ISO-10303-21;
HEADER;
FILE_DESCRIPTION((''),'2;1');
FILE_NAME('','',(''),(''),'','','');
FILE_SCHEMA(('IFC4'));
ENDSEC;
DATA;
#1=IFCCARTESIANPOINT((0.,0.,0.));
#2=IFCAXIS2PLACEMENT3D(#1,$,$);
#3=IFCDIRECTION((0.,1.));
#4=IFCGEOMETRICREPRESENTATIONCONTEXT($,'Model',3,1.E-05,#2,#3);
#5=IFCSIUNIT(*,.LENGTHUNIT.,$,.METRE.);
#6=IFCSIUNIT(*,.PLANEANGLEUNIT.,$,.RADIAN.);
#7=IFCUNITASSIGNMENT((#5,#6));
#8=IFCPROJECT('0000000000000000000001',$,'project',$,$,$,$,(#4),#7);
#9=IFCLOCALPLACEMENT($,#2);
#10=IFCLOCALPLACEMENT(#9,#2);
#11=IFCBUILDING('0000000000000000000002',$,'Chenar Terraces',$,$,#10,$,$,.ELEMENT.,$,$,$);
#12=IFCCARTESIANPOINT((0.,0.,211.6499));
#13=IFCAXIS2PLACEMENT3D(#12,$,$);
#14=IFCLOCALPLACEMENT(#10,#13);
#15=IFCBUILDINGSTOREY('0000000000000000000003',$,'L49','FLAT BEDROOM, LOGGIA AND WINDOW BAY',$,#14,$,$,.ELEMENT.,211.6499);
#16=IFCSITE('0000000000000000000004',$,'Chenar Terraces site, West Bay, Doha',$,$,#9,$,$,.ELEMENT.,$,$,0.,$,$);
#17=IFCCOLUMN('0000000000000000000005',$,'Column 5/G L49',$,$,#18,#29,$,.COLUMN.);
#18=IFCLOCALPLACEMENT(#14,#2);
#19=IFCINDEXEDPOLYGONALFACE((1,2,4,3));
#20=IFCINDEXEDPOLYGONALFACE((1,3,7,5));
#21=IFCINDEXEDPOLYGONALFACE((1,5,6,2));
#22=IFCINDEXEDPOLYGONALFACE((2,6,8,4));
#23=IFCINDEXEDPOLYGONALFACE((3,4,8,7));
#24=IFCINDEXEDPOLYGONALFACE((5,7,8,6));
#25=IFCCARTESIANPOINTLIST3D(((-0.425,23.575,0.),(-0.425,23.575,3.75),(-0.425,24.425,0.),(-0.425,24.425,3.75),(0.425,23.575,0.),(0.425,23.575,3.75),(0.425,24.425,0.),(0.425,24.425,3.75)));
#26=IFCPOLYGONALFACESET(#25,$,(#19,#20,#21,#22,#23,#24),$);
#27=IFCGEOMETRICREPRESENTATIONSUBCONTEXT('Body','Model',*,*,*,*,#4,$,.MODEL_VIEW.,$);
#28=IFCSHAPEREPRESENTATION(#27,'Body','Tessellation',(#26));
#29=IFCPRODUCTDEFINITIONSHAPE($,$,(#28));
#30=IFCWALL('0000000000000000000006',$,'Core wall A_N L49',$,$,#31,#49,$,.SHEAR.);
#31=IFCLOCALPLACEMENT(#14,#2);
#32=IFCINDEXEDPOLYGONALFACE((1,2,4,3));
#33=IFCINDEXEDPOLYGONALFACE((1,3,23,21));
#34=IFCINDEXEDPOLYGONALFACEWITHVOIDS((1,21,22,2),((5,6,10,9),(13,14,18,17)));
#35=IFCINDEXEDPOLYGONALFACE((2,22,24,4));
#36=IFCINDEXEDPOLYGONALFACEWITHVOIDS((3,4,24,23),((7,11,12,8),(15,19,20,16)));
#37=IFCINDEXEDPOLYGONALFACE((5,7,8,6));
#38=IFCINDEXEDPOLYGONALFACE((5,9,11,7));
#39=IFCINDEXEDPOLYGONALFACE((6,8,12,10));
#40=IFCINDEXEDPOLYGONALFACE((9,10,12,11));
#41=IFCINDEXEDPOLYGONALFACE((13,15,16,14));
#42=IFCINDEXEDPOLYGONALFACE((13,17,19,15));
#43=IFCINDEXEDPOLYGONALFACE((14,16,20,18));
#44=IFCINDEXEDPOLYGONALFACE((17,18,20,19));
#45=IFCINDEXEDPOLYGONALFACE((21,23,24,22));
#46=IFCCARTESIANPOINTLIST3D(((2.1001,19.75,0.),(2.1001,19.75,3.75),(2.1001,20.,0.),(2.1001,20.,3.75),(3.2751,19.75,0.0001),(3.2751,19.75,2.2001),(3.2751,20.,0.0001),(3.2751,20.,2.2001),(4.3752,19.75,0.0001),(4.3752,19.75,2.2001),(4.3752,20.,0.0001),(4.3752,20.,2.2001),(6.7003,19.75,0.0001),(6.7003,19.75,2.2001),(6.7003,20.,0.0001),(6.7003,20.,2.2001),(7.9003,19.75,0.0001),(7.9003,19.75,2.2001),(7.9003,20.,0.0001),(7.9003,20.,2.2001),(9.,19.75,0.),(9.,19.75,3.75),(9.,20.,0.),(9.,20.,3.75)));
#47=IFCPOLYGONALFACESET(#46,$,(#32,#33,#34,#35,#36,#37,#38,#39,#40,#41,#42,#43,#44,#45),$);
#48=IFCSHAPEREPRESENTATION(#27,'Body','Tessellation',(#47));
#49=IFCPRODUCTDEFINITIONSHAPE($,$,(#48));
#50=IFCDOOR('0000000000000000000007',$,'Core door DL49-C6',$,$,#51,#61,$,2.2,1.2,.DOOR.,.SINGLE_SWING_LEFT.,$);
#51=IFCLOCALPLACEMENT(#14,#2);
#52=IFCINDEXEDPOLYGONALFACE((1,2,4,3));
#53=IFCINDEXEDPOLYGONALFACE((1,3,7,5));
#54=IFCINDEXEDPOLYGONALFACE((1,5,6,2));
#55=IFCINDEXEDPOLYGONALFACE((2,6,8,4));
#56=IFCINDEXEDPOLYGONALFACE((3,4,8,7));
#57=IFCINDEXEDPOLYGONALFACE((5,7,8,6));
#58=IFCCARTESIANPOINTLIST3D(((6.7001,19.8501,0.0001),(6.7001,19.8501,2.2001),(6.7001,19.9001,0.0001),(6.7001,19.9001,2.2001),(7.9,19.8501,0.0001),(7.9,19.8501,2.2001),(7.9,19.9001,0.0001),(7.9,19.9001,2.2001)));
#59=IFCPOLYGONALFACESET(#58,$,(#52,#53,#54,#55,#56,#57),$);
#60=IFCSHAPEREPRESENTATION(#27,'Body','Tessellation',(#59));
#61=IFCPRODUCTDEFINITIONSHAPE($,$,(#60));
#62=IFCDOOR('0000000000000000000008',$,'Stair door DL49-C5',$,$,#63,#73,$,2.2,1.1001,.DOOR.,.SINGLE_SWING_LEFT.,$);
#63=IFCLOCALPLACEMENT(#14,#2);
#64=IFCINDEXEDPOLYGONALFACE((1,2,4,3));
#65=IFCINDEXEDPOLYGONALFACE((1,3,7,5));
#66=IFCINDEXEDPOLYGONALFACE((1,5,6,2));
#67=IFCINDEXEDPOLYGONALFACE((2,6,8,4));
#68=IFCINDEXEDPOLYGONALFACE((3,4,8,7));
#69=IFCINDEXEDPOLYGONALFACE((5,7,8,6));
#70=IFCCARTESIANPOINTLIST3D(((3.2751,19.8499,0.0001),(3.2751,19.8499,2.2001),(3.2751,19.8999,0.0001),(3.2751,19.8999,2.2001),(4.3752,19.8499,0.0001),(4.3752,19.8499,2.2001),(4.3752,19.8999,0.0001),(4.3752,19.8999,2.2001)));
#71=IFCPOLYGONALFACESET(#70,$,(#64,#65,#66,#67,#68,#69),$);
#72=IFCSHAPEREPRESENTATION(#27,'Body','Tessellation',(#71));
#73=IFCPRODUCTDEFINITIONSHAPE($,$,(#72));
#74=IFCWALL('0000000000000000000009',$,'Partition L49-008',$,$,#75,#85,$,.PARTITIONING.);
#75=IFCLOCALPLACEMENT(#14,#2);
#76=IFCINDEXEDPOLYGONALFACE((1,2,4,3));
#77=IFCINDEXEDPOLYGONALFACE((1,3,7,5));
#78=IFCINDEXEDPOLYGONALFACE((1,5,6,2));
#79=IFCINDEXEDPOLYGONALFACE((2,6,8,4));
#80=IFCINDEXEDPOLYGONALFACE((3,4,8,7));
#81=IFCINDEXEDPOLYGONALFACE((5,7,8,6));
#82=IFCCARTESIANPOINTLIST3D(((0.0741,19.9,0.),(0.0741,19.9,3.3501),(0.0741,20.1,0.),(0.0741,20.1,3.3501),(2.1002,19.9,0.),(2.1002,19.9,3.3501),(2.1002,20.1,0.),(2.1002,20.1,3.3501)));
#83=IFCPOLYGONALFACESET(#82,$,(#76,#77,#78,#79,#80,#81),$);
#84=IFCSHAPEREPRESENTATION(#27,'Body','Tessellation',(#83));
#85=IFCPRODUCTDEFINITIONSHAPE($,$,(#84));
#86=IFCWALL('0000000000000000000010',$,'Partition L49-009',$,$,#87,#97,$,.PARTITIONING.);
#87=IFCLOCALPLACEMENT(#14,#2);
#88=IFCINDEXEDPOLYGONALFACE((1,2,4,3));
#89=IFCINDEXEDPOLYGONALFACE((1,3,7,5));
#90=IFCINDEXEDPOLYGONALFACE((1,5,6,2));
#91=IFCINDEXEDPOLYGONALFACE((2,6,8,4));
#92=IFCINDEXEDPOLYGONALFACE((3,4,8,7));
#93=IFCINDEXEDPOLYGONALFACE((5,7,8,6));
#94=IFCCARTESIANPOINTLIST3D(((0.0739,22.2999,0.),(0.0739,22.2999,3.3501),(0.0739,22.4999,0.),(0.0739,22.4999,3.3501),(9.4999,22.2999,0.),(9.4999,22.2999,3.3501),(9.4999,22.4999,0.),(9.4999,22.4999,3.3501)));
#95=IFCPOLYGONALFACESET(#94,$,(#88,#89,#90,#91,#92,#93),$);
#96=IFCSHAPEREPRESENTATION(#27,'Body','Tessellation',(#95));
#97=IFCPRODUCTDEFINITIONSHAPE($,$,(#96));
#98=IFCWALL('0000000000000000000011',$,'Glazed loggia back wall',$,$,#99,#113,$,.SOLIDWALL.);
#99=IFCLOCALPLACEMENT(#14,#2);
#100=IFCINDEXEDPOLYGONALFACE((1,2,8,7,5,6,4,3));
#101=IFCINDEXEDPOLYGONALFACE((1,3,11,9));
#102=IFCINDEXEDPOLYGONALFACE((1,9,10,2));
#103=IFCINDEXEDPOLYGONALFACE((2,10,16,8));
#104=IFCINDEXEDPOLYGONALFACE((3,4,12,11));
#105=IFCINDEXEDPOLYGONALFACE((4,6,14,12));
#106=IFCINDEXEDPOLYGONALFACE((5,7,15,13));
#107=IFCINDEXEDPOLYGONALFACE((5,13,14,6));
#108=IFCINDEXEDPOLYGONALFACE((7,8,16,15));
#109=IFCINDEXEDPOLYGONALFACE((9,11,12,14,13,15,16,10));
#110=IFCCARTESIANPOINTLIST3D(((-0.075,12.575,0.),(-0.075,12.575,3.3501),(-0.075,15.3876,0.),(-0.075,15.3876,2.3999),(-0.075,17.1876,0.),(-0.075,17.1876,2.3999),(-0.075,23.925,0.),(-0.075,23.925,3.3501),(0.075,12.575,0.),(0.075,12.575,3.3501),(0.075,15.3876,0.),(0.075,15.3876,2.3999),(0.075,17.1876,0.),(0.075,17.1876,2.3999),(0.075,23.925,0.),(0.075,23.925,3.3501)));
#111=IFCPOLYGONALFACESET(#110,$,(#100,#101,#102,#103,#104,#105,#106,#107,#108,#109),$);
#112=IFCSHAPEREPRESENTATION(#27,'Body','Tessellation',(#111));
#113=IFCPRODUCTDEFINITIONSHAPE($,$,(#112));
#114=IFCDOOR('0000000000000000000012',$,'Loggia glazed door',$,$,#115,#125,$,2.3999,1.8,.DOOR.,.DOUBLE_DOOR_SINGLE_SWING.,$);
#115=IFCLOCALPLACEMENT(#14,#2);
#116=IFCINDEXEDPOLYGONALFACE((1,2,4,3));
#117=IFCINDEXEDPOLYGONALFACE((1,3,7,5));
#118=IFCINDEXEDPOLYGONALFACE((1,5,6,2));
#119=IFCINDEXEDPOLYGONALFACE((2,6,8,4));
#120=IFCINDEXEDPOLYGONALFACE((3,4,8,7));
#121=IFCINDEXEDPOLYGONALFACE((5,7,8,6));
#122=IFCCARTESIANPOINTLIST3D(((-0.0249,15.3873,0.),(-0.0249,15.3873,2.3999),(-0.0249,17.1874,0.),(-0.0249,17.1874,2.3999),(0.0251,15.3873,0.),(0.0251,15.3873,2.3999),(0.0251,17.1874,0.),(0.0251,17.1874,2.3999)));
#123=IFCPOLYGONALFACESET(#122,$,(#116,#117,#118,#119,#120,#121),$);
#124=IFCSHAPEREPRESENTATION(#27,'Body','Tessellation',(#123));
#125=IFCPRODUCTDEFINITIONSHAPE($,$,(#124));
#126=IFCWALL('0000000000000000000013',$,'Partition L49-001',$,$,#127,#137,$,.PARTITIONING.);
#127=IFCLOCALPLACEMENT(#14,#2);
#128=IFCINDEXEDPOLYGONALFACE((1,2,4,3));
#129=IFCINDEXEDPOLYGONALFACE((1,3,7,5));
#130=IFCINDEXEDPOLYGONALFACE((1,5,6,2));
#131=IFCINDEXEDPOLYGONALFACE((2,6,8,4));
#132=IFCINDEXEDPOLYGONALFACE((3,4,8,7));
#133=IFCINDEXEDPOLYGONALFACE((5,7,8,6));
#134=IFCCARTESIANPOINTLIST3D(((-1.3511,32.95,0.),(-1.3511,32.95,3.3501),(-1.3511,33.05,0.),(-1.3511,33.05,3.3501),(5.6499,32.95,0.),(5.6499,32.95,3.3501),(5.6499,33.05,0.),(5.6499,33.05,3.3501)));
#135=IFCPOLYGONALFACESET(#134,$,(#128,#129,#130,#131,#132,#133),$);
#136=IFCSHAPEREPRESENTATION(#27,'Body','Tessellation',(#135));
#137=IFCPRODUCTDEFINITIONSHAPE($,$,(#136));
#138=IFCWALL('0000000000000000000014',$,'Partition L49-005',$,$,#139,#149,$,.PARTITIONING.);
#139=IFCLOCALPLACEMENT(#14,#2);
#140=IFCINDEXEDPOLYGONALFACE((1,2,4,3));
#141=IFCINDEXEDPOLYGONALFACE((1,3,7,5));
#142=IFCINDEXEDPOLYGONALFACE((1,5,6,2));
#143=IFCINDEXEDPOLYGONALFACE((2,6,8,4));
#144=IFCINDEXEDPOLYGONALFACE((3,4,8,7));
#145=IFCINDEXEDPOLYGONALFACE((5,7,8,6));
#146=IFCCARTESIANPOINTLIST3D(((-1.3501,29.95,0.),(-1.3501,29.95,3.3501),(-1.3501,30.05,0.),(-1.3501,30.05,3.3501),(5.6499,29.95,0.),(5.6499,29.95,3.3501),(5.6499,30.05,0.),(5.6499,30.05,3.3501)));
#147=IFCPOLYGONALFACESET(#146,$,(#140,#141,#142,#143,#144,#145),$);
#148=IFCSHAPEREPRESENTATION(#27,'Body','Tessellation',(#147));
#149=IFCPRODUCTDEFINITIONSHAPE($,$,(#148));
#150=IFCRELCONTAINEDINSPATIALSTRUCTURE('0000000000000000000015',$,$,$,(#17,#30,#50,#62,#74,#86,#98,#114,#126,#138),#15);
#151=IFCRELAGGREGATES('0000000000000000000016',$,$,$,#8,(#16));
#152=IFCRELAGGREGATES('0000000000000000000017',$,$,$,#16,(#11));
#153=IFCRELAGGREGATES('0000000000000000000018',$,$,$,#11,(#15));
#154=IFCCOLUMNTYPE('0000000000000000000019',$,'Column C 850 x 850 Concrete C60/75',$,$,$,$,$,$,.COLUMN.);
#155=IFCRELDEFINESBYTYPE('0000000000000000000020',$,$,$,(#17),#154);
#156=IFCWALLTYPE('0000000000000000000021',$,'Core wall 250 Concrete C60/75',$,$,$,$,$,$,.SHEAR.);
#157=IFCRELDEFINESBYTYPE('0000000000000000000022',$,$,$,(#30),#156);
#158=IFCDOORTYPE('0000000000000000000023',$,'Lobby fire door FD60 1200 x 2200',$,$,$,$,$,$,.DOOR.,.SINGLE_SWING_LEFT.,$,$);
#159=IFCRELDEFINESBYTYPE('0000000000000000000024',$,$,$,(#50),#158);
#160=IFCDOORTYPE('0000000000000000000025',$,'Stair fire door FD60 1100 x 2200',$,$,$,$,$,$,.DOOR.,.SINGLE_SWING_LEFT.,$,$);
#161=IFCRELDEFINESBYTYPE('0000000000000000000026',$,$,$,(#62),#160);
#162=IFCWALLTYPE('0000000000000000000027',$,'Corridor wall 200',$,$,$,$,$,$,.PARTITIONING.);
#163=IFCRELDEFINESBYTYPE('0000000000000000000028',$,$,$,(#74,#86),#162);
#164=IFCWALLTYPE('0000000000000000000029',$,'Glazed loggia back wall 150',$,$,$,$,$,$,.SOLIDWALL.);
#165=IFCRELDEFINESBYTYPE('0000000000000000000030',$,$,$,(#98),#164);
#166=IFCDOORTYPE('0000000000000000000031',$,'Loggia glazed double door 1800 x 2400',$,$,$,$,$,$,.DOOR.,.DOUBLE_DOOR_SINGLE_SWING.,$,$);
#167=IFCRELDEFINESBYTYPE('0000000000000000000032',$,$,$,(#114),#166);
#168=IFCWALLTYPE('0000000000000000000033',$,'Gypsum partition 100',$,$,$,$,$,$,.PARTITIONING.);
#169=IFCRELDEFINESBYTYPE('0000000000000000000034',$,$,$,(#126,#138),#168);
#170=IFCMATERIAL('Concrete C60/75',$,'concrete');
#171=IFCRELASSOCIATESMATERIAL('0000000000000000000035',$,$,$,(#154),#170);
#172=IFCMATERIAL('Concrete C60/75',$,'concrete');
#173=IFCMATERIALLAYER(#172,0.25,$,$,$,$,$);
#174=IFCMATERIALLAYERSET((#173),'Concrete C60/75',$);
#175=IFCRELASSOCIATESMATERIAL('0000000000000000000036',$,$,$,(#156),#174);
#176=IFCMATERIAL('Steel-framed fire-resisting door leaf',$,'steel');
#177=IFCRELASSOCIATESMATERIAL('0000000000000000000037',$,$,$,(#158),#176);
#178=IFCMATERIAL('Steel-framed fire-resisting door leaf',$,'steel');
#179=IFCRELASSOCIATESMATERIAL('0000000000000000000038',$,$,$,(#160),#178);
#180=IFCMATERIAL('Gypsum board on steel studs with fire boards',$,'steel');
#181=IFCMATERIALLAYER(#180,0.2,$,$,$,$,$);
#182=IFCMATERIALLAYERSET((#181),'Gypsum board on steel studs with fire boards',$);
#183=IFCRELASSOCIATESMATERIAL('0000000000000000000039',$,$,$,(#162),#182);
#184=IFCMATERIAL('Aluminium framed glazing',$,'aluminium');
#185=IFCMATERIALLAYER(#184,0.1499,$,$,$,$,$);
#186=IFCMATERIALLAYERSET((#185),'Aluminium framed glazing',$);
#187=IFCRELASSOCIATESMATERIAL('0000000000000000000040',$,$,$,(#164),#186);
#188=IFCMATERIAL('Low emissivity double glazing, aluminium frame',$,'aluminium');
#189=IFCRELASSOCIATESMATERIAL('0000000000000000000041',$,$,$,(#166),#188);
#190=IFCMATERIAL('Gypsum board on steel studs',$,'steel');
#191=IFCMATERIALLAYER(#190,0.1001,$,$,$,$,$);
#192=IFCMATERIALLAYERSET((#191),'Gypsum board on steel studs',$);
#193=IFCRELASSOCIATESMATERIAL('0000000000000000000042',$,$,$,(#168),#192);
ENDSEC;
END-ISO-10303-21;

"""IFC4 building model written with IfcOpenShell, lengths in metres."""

from ifc_helpers import new_model, si_unit, direction, frame, frame_2d, origin, origin_2d, place, context, subcontext, project, spatial, rectangle, extrude, material, layer, layer_set, material_profile, profile_set, type_object, element, fill, save


model = new_model("IFC4")

# Units and contexts
model_context = context("Model", 3, precision=1e-05, world=origin(), true_north=direction((0.0, 1.0)))
body_context = subcontext(model_context, "Body", "Model", "MODEL_VIEW")
ifc_project = project(units=[si_unit("LENGTHUNIT", "METRE"), si_unit("PLANEANGLEUNIT", "RADIAN")], contexts=[model_context])

# Site, building, storey
site_placement = place(None, origin())
site = spatial("IfcSite", under=ifc_project, at=site_placement, Name="Chenar Terraces site, West Bay, Doha", CompositionType="ELEMENT", RefElevation=0.0)
building_placement = place(site_placement, origin())
building = spatial("IfcBuilding", under=site, at=building_placement, Name="Chenar Terraces", CompositionType="ELEMENT")
storey_placement = place(building_placement, frame((0.0, 0.0, 211.6499)))
storey = spatial("IfcBuildingStorey", under=building, at=storey_placement, Name="L49", Description="FLAT BEDROOM, LOGGIA AND WINDOW BAY", CompositionType="ELEMENT", Elevation=211.6499)

# Column
ifc_material_1 = material(Name="Concrete C60/75", Category="concrete")
ifc_material_profile_1 = material_profile(ifc_material_1, rectangle(XDim=0.8501, YDim=0.8501, at=origin_2d()), Name="C 850 x 850")
ifc_profile_set_1 = profile_set([ifc_material_profile_1], Name="Concrete C60/75")
column_type = type_object("IfcColumnType", Name="Column C 850 x 850 Concrete C60/75", PredefinedType="COLUMN", material=ifc_profile_set_1)
column_placement = place(storey_placement, frame((0.0, 24.0, 0.0), z_axis=(0.0, 0.0, 1.0), x_axis=(1.0, 0.0, 0.0)))
element("IfcColumn", 1, at=column_placement, inside=storey, type_object=column_type, Name="Column 5/G L49", PredefinedType="COLUMN", context=body_context, shape_type="SweptSolid", body=[
    extrude(rectangle(XDim=0.8501, YDim=0.8501, at=origin_2d()), origin(), (0.0, 0.0, 1.0), 3.75),
])

# Wall, openings, doors
ifc_material_2 = material(Name="Concrete C60/75", Category="concrete")
ifc_layer_1 = layer(ifc_material_2, 0.25)
ifc_layer_set_1 = layer_set([ifc_layer_1], Name="Concrete C60/75")
wall_type_1 = type_object("IfcWallType", Name="Core wall 250 Concrete C60/75", PredefinedType="SHEAR", material=ifc_layer_set_1)
wall_1_placement = place(storey_placement, frame((2.1001, 19.875, 0.0), z_axis=(0.0, 0.0, 1.0), x_axis=(1.0, 0.0, 0.0)))
wall_1 = element("IfcWall", 2, at=wall_1_placement, inside=storey, type_object=wall_type_1, Name="Core wall A_N L49", PredefinedType="SHEAR", context=body_context, shape_type="SweptSolid", body=[
    extrude(rectangle(XDim=6.8999, YDim=0.25, at=frame_2d((3.45, 0.0))), origin(), (0.0, 0.0, 1.0), 3.75),
])
opening_1_placement = place(wall_1_placement, frame((1.175, 0.0, 0.0)))
opening_1 = element("IfcOpeningElement", 3, at=opening_1_placement, cuts=wall_1, PredefinedType="OPENING", context=body_context, shape_type="SweptSolid", body=[
    extrude(rectangle(XDim=1.1001, YDim=2.2, at=frame_2d((0.55, 1.1001))), frame((0.0, 0.135, 0.0), z_axis=(0.0, -1.0, 0.0), x_axis=(1.0, 0.0, 0.0)), (0.0, 0.0, 1.0), 0.27),
])
opening_2_placement = place(wall_1_placement, frame((4.6001, 0.0, 0.0)))
opening_2 = element("IfcOpeningElement", 4, at=opening_2_placement, cuts=wall_1, PredefinedType="OPENING", context=body_context, shape_type="SweptSolid", body=[
    extrude(rectangle(XDim=1.2, YDim=2.2, at=frame_2d((0.6001, 1.1001))), frame((0.0, 0.135, 0.0), z_axis=(0.0, -1.0, 0.0), x_axis=(1.0, 0.0, 0.0)), (0.0, 0.0, 1.0), 0.27),
])
ifc_material_3 = material(Name="Steel-framed fire-resisting door leaf", Category="steel")
door_type_1 = type_object("IfcDoorType", Name="Lobby fire door FD60 1200 x 2200", OperationType="SINGLE_SWING_LEFT", PredefinedType="DOOR", material=ifc_material_3)
door_1_placement = place(opening_2_placement, frame((1.2, 0.0, 0.0), z_axis=(0.0, 0.0, 1.0), x_axis=(-1.0, 0.0, 0.0)))
door_1 = element("IfcDoor", 5, at=door_1_placement, inside=storey, type_object=door_type_1, Name="Core door DL49-C6", OperationType="SINGLE_SWING_LEFT", OverallHeight=2.2, OverallWidth=1.2, PredefinedType="DOOR", context=body_context, shape_type="SweptSolid", body=[
    extrude(rectangle(XDim=1.2, YDim=2.2, at=frame_2d((0.6001, 1.1001))), frame((0.0, 0.0249, 0.0), z_axis=(0.0, -1.0, 0.0), x_axis=(1.0, 0.0, 0.0)), (0.0, 0.0, 1.0), 0.05),
])
fill(opening_2, door_1)
ifc_material_4 = material(Name="Steel-framed fire-resisting door leaf", Category="steel")
door_type_2 = type_object("IfcDoorType", Name="Stair fire door FD60 1100 x 2200", OperationType="SINGLE_SWING_LEFT", PredefinedType="DOOR", material=ifc_material_4)
door_2_placement = place(opening_1_placement, origin())
door_2 = element("IfcDoor", 6, at=door_2_placement, inside=storey, type_object=door_type_2, Name="Stair door DL49-C5", OperationType="SINGLE_SWING_LEFT", OverallHeight=2.2, OverallWidth=1.1001, PredefinedType="DOOR", context=body_context, shape_type="SweptSolid", body=[
    extrude(rectangle(XDim=1.1001, YDim=2.2, at=frame_2d((0.55, 1.1001))), frame((0.0, 0.0249, 0.0), z_axis=(0.0, -1.0, 0.0), x_axis=(1.0, 0.0, 0.0)), (0.0, 0.0, 1.0), 0.05),
])
fill(opening_1, door_2)

# Walls
ifc_material_5 = material(Name="Gypsum board on steel studs with fire boards", Category="steel")
ifc_layer_2 = layer(ifc_material_5, 0.2)
ifc_layer_set_2 = layer_set([ifc_layer_2], Name="Gypsum board on steel studs with fire boards")
wall_type_2 = type_object("IfcWallType", Name="Corridor wall 200", PredefinedType="PARTITIONING", material=ifc_layer_set_2)
wall_2_placement = place(storey_placement, frame((0.074, 20.0, 0.0), z_axis=(0.0, 0.0, 1.0), x_axis=(1.0, 0.0, 0.0)))
element("IfcWall", 7, at=wall_2_placement, inside=storey, type_object=wall_type_2, Name="Partition L49-008", PredefinedType="PARTITIONING", context=body_context, shape_type="SweptSolid", body=[
    extrude(rectangle(XDim=2.0261, YDim=0.2, at=frame_2d((1.0132, 0.0))), origin(), (0.0, 0.0, 1.0), 3.3501),
])
wall_3_placement = place(storey_placement, frame((0.074, 22.3999, 0.0), z_axis=(0.0, 0.0, 1.0), x_axis=(1.0, 0.0, 0.0)))
element("IfcWall", 8, at=wall_3_placement, inside=storey, type_object=wall_type_2, Name="Partition L49-009", PredefinedType="PARTITIONING", context=body_context, shape_type="SweptSolid", body=[
    extrude(rectangle(XDim=9.426, YDim=0.2, at=frame_2d((4.7129, 0.0))), origin(), (0.0, 0.0, 1.0), 3.3501),
])

# Wall, opening, door
ifc_material_6 = material(Name="Aluminium framed glazing", Category="aluminium")
ifc_layer_3 = layer(ifc_material_6, 0.1499)
ifc_layer_set_3 = layer_set([ifc_layer_3], Name="Aluminium framed glazing")
wall_type_3 = type_object("IfcWallType", Name="Glazed loggia back wall 150", PredefinedType="SOLIDWALL", material=ifc_layer_set_3)
wall_4_placement = place(storey_placement, frame((0.0, 23.925, 0.0), z_axis=(0.0, 0.0, 1.0), x_axis=(0.0, -1.0, 0.0)))
wall_4 = element("IfcWall", 9, at=wall_4_placement, inside=storey, type_object=wall_type_3, Name="Glazed loggia back wall", PredefinedType="SOLIDWALL", context=body_context, shape_type="SweptSolid", body=[
    extrude(rectangle(XDim=11.3501, YDim=0.1499, at=frame_2d((5.675, 0.0))), origin(), (0.0, 0.0, 1.0), 3.3501),
])
opening_3_placement = place(wall_4_placement, frame((6.7375, 0.0, 0.0)))
opening_3 = element("IfcOpeningElement", 10, at=opening_3_placement, cuts=wall_4, PredefinedType="OPENING", context=body_context, shape_type="SweptSolid", body=[
    extrude(rectangle(XDim=1.8, YDim=2.3999, at=frame_2d((0.8999, 1.2))), frame((0.0, 0.085, 0.0), z_axis=(0.0, -1.0, 0.0), x_axis=(1.0, 0.0, 0.0)), (0.0, 0.0, 1.0), 0.1699),
])
ifc_material_7 = material(Name="Low emissivity double glazing, aluminium frame", Category="aluminium")
door_type_3 = type_object("IfcDoorType", Name="Loggia glazed double door 1800 x 2400", OperationType="DOUBLE_DOOR_SINGLE_SWING", PredefinedType="DOOR", material=ifc_material_7)
door_3_placement = place(opening_3_placement, frame((1.8, 0.0, 0.0), z_axis=(0.0, 0.0, 1.0), x_axis=(-1.0, 0.0, 0.0)))
door_3 = element("IfcDoor", 11, at=door_3_placement, inside=storey, type_object=door_type_3, Name="Loggia glazed door", OperationType="DOUBLE_DOOR_SINGLE_SWING", OverallHeight=2.3999, OverallWidth=1.8, PredefinedType="DOOR", context=body_context, shape_type="SweptSolid", body=[
    extrude(rectangle(XDim=1.8, YDim=2.3999, at=frame_2d((0.8999, 1.2))), frame((0.0, 0.0249, 0.0), z_axis=(0.0, -1.0, 0.0), x_axis=(1.0, 0.0, 0.0)), (0.0, 0.0, 1.0), 0.05),
])
fill(opening_3, door_3)

# Walls
ifc_material_8 = material(Name="Gypsum board on steel studs", Category="steel")
ifc_layer_4 = layer(ifc_material_8, 0.1001)
ifc_layer_set_4 = layer_set([ifc_layer_4], Name="Gypsum board on steel studs")
wall_type_4 = type_object("IfcWallType", Name="Gypsum partition 100", PredefinedType="PARTITIONING", material=ifc_layer_set_4)
wall_5_placement = place(storey_placement, frame((-1.3511, 33.0, 0.0), z_axis=(0.0, 0.0, 1.0), x_axis=(1.0, 0.0, 0.0)))
element("IfcWall", 12, at=wall_5_placement, inside=storey, type_object=wall_type_4, Name="Partition L49-001", PredefinedType="PARTITIONING", context=body_context, shape_type="SweptSolid", body=[
    extrude(rectangle(XDim=7.001, YDim=0.1001, at=frame_2d((3.5005, 0.0))), origin(), (0.0, 0.0, 1.0), 3.3501),
])
wall_6_placement = place(storey_placement, frame((-1.3501, 30.0, 0.0), z_axis=(0.0, 0.0, 1.0), x_axis=(1.0, 0.0, 0.0)))
element("IfcWall", 13, at=wall_6_placement, inside=storey, type_object=wall_type_4, Name="Partition L49-005", PredefinedType="PARTITIONING", context=body_context, shape_type="SweptSolid", body=[
    extrude(rectangle(XDim=7.0, YDim=0.1001, at=frame_2d((3.5, 0.0))), origin(), (0.0, 0.0, 1.0), 3.3501),
])

save(model, "model.ifc")
